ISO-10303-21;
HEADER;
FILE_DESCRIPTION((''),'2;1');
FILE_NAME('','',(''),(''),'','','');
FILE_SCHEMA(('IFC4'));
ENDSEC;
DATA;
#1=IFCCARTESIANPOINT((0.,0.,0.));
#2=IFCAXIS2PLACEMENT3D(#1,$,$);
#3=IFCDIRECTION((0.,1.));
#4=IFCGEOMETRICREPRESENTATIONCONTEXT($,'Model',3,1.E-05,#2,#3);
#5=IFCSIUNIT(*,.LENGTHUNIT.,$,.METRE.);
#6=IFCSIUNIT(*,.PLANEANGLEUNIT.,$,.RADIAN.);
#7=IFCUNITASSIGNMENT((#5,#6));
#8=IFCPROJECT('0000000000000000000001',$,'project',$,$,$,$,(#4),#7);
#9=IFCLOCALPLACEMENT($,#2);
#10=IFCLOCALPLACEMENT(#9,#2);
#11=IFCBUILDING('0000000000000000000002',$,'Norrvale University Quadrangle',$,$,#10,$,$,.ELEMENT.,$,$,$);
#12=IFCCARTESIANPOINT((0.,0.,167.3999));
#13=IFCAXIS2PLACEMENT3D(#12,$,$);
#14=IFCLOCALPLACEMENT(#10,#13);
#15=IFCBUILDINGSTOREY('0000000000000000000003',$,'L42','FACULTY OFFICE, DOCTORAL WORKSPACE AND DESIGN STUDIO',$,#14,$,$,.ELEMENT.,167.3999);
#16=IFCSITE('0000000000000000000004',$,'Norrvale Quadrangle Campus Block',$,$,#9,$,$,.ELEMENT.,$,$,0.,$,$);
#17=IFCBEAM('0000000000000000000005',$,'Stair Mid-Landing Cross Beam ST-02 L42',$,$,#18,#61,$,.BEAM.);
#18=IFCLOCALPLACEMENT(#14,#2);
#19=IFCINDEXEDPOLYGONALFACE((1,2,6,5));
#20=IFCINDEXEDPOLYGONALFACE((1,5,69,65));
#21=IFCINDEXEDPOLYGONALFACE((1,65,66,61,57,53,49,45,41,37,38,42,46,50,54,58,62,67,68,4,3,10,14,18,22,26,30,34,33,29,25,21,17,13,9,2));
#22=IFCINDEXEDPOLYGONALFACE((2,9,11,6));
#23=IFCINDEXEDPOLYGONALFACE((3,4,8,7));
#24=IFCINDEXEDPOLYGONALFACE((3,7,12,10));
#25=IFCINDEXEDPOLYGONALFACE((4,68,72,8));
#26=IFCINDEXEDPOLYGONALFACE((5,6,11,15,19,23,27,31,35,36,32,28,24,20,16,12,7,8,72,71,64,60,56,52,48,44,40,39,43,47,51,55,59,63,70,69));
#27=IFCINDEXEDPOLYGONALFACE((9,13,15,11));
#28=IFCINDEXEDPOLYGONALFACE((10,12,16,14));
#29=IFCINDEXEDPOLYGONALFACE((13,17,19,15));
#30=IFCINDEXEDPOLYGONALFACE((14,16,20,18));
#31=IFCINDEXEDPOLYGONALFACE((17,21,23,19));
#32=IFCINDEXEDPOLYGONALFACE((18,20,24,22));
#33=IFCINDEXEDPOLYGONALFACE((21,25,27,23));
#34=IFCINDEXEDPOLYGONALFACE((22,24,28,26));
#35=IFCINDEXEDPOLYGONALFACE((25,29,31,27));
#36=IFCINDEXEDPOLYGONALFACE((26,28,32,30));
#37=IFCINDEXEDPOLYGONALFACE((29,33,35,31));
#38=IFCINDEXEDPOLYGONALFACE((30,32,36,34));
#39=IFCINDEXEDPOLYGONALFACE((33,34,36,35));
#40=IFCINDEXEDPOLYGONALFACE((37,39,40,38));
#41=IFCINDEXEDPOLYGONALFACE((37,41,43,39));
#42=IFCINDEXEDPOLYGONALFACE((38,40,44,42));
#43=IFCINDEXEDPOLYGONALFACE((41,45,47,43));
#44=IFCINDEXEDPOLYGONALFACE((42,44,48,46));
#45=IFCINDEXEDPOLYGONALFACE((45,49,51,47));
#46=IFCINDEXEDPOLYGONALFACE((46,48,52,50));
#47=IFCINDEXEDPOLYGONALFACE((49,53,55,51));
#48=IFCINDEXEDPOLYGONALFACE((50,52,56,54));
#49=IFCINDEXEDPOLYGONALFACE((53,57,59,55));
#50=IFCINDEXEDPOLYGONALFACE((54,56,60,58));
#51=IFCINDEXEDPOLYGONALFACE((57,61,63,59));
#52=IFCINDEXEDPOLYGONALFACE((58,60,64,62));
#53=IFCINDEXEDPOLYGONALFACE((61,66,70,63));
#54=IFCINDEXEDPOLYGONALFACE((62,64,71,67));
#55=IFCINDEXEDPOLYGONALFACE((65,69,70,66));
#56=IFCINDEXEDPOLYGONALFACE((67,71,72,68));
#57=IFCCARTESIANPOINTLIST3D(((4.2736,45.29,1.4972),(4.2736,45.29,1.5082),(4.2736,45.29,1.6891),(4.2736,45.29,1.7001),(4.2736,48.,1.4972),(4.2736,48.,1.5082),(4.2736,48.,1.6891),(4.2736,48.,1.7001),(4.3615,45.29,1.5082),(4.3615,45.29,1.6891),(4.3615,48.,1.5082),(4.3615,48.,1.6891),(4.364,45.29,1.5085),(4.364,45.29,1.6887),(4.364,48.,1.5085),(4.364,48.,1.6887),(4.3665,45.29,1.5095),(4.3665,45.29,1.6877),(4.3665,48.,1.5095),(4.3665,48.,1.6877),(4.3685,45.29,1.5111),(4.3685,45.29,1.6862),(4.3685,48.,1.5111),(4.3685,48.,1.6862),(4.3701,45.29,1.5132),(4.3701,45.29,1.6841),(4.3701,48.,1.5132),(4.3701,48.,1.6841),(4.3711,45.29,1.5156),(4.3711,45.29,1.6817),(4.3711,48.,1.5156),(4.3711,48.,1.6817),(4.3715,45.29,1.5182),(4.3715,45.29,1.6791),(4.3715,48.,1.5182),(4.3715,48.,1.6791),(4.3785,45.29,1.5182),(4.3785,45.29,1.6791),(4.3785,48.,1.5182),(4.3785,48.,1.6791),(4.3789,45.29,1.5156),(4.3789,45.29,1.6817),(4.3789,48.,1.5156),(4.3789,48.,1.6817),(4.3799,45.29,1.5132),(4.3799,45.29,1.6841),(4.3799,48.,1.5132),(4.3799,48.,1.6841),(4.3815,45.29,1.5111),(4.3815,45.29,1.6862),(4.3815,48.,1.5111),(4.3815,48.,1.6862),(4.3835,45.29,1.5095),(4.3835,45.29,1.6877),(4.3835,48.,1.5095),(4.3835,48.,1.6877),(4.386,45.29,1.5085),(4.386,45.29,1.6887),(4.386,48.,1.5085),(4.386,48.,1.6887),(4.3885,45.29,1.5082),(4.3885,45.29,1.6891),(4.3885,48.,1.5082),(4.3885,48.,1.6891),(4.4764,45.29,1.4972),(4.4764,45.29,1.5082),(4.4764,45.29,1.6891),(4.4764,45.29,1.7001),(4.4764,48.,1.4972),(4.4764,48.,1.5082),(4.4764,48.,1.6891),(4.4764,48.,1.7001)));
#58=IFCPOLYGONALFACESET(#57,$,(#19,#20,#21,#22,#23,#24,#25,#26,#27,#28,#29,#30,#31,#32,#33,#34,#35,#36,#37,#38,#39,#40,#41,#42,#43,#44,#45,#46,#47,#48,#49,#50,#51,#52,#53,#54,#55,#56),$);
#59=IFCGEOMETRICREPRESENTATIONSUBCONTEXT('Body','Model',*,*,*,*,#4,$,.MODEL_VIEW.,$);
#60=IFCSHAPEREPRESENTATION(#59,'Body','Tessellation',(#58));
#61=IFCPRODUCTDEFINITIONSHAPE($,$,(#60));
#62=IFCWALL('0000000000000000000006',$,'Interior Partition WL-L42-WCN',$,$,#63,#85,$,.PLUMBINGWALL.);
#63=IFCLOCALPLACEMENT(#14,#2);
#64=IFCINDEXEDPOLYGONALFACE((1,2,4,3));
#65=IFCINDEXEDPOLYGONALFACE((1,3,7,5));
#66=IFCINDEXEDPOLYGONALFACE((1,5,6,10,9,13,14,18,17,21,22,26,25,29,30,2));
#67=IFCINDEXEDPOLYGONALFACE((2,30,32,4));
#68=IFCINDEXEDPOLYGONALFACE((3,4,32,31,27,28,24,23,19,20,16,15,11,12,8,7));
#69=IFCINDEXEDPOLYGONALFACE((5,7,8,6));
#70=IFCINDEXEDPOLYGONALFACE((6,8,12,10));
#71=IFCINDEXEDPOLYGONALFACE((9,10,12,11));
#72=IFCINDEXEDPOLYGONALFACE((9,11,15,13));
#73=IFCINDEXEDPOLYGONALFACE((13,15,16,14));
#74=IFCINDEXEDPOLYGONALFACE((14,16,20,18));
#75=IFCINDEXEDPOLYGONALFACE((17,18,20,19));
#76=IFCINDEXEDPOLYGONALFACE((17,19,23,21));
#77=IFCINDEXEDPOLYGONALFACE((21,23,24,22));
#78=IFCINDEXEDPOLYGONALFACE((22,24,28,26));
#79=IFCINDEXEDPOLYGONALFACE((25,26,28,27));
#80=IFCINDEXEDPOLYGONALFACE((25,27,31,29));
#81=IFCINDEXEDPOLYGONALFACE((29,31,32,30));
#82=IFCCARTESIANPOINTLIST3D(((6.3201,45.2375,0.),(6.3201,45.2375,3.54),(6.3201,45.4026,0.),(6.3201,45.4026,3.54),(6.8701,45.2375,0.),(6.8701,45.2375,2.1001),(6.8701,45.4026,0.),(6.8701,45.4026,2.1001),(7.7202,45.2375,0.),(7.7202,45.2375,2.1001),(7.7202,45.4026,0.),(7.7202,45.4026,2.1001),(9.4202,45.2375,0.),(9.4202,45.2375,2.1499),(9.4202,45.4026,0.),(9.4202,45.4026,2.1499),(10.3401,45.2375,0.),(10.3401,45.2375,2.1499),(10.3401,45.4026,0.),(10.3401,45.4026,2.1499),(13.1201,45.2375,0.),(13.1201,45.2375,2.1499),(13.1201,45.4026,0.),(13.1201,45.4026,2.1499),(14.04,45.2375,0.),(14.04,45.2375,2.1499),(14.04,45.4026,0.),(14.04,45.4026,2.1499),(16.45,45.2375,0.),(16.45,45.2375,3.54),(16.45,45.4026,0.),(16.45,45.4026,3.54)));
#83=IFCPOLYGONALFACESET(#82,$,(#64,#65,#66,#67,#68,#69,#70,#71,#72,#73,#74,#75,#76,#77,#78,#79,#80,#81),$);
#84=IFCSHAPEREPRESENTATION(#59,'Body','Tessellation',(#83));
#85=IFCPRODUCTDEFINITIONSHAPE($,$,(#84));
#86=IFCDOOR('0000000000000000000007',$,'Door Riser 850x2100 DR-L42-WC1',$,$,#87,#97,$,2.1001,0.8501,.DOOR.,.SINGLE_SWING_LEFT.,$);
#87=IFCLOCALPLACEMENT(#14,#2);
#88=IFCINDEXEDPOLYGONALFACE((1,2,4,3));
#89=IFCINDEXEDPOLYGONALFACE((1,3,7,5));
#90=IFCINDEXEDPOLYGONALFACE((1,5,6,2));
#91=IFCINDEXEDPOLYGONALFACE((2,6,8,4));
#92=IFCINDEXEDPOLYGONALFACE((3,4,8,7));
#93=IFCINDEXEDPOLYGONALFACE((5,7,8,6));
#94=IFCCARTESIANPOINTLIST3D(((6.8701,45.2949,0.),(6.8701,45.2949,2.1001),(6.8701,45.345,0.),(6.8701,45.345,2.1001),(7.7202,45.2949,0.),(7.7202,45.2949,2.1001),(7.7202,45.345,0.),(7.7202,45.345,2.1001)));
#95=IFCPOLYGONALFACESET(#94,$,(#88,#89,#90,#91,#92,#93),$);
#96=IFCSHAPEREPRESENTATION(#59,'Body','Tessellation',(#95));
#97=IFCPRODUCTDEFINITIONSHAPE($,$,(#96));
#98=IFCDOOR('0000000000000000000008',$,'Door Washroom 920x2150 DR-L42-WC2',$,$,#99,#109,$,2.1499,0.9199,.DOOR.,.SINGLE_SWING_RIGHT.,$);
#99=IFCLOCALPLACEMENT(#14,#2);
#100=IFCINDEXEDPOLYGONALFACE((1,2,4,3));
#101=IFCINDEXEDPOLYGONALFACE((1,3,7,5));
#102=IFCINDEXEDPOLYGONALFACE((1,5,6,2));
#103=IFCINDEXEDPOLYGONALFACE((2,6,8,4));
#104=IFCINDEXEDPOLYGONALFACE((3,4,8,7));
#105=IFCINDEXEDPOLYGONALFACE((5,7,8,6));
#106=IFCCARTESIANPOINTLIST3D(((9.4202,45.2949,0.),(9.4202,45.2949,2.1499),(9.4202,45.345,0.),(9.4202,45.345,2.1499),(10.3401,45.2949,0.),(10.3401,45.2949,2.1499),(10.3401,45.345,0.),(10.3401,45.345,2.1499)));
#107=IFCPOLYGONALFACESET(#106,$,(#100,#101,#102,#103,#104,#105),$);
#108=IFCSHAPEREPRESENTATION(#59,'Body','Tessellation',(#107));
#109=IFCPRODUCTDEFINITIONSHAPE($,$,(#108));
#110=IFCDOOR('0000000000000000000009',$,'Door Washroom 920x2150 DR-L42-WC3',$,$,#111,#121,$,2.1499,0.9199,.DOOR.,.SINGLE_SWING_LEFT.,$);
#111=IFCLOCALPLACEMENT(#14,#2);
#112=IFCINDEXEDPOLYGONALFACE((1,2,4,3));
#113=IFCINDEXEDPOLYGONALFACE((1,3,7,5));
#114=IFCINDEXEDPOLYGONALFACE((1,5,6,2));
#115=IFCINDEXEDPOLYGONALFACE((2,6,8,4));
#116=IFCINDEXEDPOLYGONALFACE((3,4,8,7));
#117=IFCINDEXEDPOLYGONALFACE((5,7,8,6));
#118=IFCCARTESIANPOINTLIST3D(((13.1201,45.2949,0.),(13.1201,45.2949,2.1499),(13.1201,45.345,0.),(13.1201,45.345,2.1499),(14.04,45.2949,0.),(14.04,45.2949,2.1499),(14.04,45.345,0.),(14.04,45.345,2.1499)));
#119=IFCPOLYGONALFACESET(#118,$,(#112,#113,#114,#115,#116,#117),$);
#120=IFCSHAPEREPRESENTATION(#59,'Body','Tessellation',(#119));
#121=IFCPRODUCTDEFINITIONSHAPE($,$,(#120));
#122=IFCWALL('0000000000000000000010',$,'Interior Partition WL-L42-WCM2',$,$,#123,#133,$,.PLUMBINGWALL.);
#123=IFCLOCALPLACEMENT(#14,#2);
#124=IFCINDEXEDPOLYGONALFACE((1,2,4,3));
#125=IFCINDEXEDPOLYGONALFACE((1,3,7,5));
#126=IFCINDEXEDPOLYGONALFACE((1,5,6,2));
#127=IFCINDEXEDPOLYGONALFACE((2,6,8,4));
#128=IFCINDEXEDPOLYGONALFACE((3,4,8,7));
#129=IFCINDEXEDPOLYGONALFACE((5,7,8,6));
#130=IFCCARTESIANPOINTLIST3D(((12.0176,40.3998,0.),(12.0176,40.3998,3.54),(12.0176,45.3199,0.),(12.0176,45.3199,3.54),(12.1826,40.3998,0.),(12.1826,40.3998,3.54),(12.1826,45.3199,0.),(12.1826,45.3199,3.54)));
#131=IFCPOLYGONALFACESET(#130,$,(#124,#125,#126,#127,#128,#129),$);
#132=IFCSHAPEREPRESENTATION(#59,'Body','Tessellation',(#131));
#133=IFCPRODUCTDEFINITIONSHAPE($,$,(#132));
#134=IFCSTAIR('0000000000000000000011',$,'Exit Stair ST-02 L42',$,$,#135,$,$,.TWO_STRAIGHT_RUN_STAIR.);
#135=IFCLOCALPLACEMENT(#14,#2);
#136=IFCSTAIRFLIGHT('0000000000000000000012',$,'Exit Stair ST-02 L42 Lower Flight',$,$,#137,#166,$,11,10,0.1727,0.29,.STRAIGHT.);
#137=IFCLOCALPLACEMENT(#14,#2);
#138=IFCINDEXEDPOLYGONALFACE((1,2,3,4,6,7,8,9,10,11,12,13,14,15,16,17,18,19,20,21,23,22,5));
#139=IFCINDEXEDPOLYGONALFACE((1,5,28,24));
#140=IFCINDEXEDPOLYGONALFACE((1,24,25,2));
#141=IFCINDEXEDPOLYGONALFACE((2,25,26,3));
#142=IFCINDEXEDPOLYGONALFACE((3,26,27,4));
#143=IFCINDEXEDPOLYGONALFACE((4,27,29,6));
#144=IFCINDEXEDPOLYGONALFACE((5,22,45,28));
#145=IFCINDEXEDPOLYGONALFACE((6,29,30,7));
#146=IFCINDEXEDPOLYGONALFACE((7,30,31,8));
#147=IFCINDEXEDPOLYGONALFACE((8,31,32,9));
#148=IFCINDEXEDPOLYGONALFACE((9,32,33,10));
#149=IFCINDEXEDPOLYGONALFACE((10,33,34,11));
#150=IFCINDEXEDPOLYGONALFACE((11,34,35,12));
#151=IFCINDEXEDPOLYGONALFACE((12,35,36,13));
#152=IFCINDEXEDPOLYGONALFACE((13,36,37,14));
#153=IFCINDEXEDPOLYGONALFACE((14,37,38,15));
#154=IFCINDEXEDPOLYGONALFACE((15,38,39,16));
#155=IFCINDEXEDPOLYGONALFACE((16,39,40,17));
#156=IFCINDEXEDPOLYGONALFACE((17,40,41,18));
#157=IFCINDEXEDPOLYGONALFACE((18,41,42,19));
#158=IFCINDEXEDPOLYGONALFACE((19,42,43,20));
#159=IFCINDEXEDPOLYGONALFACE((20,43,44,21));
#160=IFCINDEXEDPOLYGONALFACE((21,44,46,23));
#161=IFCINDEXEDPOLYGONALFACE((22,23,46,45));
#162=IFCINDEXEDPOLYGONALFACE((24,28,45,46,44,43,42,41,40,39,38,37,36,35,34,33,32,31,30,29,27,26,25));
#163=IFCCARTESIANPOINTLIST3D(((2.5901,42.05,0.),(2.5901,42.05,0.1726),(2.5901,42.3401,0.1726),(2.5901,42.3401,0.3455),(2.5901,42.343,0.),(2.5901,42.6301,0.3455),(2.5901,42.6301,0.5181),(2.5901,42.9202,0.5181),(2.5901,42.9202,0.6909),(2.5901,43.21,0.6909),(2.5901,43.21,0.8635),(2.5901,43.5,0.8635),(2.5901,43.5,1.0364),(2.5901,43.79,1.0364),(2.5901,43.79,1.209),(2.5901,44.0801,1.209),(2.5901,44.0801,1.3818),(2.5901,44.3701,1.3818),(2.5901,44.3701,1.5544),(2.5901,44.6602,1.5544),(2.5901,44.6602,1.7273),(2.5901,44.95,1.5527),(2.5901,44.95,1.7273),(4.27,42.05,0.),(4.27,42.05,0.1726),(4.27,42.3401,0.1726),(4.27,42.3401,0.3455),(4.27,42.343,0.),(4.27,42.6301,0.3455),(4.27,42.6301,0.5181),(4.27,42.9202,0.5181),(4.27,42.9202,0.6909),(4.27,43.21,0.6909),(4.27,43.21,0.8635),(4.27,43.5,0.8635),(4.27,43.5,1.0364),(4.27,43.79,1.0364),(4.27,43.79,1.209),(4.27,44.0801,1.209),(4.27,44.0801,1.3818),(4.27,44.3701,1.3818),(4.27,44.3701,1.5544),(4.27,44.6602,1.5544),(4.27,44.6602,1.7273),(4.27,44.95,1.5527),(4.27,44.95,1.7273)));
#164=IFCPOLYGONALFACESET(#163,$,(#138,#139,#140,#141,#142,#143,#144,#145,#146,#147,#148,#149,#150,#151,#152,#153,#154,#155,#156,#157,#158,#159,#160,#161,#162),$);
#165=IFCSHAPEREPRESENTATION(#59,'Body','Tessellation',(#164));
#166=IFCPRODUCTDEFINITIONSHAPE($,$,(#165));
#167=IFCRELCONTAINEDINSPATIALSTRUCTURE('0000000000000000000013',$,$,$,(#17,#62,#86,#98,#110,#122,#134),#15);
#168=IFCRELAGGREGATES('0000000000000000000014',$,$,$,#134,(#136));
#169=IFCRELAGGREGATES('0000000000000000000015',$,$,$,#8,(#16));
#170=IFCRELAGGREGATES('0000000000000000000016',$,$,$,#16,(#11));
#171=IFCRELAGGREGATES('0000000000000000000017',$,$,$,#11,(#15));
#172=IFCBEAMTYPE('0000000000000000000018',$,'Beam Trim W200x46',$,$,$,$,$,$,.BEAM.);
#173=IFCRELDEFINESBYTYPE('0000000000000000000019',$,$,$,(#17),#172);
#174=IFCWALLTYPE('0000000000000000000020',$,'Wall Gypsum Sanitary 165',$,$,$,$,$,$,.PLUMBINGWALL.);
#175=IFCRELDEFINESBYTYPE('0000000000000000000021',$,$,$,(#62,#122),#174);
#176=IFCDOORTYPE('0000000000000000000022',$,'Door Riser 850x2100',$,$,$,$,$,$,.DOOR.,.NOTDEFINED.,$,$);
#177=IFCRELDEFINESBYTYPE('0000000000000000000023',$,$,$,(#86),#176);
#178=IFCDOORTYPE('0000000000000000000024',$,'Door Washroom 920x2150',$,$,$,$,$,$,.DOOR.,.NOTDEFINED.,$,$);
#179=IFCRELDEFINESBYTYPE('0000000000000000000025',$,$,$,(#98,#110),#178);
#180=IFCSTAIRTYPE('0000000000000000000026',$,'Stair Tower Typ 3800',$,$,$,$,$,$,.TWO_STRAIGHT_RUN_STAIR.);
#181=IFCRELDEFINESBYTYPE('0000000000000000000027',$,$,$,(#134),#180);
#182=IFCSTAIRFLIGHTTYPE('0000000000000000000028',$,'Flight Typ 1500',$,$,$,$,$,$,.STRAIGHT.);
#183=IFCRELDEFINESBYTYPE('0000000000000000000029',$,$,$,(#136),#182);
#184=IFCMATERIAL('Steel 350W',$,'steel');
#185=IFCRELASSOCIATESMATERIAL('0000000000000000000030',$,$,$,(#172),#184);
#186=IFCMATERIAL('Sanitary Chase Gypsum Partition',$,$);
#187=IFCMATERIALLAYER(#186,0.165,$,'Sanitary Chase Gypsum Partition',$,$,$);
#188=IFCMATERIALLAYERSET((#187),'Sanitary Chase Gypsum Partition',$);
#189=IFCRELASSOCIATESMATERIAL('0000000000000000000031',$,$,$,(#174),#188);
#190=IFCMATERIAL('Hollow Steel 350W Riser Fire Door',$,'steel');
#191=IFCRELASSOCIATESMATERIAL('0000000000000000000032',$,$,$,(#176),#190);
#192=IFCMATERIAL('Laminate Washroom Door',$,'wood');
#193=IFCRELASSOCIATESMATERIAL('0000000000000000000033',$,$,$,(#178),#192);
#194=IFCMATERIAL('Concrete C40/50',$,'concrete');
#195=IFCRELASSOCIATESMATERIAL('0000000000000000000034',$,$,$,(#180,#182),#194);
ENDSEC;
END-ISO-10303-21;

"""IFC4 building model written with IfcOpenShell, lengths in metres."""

from ifc_helpers import new_model, si_unit, direction, frame, frame_2d, origin, origin_2d, place, context, subcontext, project, spatial, polyline, rectangle, i_section, outline, extrude, material, layer, layer_set, material_profile, profile_set, type_object, element, fill, aggregate, save


model = new_model("IFC4")

# Units and contexts
model_context = context("Model", 3, precision=1e-05, world=origin(), true_north=direction((0.0, 1.0)))
body_context = subcontext(model_context, "Body", "Model", "MODEL_VIEW")
ifc_project = project(units=[si_unit("LENGTHUNIT", "METRE"), si_unit("PLANEANGLEUNIT", "RADIAN")], contexts=[model_context])

# Site, building, storey
site_placement = place(None, origin())
site = spatial("IfcSite", under=ifc_project, at=site_placement, Name="Norrvale Quadrangle Campus Block", CompositionType="ELEMENT", RefElevation=0.0)
building_placement = place(site_placement, origin())
building = spatial("IfcBuilding", under=site, at=building_placement, Name="Norrvale University Quadrangle", CompositionType="ELEMENT")
storey_placement = place(building_placement, frame((0.0, 0.0, 167.3999)))
storey = spatial("IfcBuildingStorey", under=building, at=storey_placement, Name="L42", Description="FACULTY OFFICE, DOCTORAL WORKSPACE AND DESIGN STUDIO", CompositionType="ELEMENT", Elevation=167.3999)

# Beam
ifc_material_1 = material(Name="Steel 350W", Category="steel")
ifc_material_profile_1 = material_profile(ifc_material_1, i_section(OverallWidth=0.2029, OverallDepth=0.2029, WebThickness=0.0071, FlangeThickness=0.011, FilletRadius=0.01, at=origin_2d()), Name="Steel 350W")
ifc_profile_set_1 = profile_set([ifc_material_profile_1], Name="Steel 350W")
beam_type_1 = type_object("IfcBeamType", Name="Beam Trim W200x46", PredefinedType="BEAM", material=ifc_profile_set_1)
beam_1_placement = place(storey_placement, frame((4.375, 45.29, 1.5986), z_axis=(0.0, 1.0, 0.0), x_axis=(-1.0, 0.0, 0.0)))
element("IfcBeam", 1, at=beam_1_placement, inside=storey, type_object=beam_type_1, Name="Stair Mid-Landing Cross Beam ST-02 L42", PredefinedType="BEAM", context=body_context, shape_type="SweptSolid", body=[
    extrude(i_section(OverallWidth=0.2029, OverallDepth=0.2029, WebThickness=0.0071, FlangeThickness=0.011, FilletRadius=0.01, at=origin_2d()), origin(), (0.0, 0.0, 1.0), 2.71),
])

# Wall, openings, doors
ifc_material_2 = material(Name="Sanitary Chase Gypsum Partition")
ifc_layer_1 = layer(ifc_material_2, 0.165, Name="Sanitary Chase Gypsum Partition")
ifc_layer_set_1 = layer_set([ifc_layer_1], Name="Sanitary Chase Gypsum Partition")
wall_type = type_object("IfcWallType", Name="Wall Gypsum Sanitary 165", PredefinedType="PLUMBINGWALL", material=ifc_layer_set_1)
wall_1_placement = place(storey_placement, frame((6.3201, 45.3201, 0.0), z_axis=(0.0, 0.0, 1.0), x_axis=(1.0, 0.0, 0.0)))
wall_1 = element("IfcWall", 2, at=wall_1_placement, inside=storey, type_object=wall_type, Name="Interior Partition WL-L42-WCN", PredefinedType="PLUMBINGWALL", context=body_context, shape_type="SweptSolid", body=[
    extrude(rectangle(XDim=10.1299, YDim=0.165, at=frame_2d((5.0649, 0.0))), origin(), (0.0, 0.0, 1.0), 3.54),
])
opening_1_placement = place(wall_1_placement, frame((0.55, 0.0, 0.0)))
opening_1 = element("IfcOpeningElement", 3, at=opening_1_placement, cuts=wall_1, PredefinedType="OPENING", context=body_context, shape_type="SweptSolid", body=[
    extrude(rectangle(XDim=0.8501, YDim=2.1001, at=frame_2d((0.425, 1.05))), frame((0.0, 0.0945, 0.0), z_axis=(0.0, -1.0, 0.0), x_axis=(1.0, 0.0, 0.0)), (0.0, 0.0, 1.0), 0.189),
])
opening_2_placement = place(wall_1_placement, frame((3.1001, 0.0, 0.0)))
opening_2 = element("IfcOpeningElement", 4, at=opening_2_placement, cuts=wall_1, PredefinedType="OPENING", context=body_context, shape_type="SweptSolid", body=[
    extrude(rectangle(XDim=0.9199, YDim=2.1499, at=frame_2d((0.46, 1.075))), frame((0.0, 0.0945, 0.0), z_axis=(0.0, -1.0, 0.0), x_axis=(1.0, 0.0, 0.0)), (0.0, 0.0, 1.0), 0.189),
])
opening_3_placement = place(wall_1_placement, frame((6.8, 0.0, 0.0)))
opening_3 = element("IfcOpeningElement", 5, at=opening_3_placement, cuts=wall_1, PredefinedType="OPENING", context=body_context, shape_type="SweptSolid", body=[
    extrude(rectangle(XDim=0.9199, YDim=2.1499, at=frame_2d((0.46, 1.075))), frame((0.0, 0.0945, 0.0), z_axis=(0.0, -1.0, 0.0), x_axis=(1.0, 0.0, 0.0)), (0.0, 0.0, 1.0), 0.189),
])
ifc_material_3 = material(Name="Hollow Steel 350W Riser Fire Door", Category="steel")
door_type_1 = type_object("IfcDoorType", Name="Door Riser 850x2100", OperationType="NOTDEFINED", PredefinedType="DOOR", material=ifc_material_3)
door_1_placement = place(opening_1_placement, origin())
door_1 = element("IfcDoor", 6, at=door_1_placement, inside=storey, type_object=door_type_1, Name="Door Riser 850x2100 DR-L42-WC1", OperationType="SINGLE_SWING_LEFT", OverallHeight=2.1001, OverallWidth=0.8501, PredefinedType="DOOR", context=body_context, shape_type="SweptSolid", body=[
    extrude(rectangle(XDim=0.8501, YDim=2.1001, at=frame_2d((0.425, 1.05))), frame((0.0, 0.0249, 0.0), z_axis=(0.0, -1.0, 0.0), x_axis=(1.0, 0.0, 0.0)), (0.0, 0.0, 1.0), 0.05),
])
fill(opening_1, door_1)
ifc_material_4 = material(Name="Laminate Washroom Door", Category="wood")
door_type_2 = type_object("IfcDoorType", Name="Door Washroom 920x2150", OperationType="NOTDEFINED", PredefinedType="DOOR", material=ifc_material_4)
door_2_placement = place(opening_2_placement, origin())
door_2 = element("IfcDoor", 7, at=door_2_placement, inside=storey, type_object=door_type_2, Name="Door Washroom 920x2150 DR-L42-WC2", OperationType="SINGLE_SWING_RIGHT", OverallHeight=2.1499, OverallWidth=0.9199, PredefinedType="DOOR", context=body_context, shape_type="SweptSolid", body=[
    extrude(rectangle(XDim=0.9199, YDim=2.1499, at=frame_2d((0.46, 1.075))), frame((0.0, 0.0249, 0.0), z_axis=(0.0, -1.0, 0.0), x_axis=(1.0, 0.0, 0.0)), (0.0, 0.0, 1.0), 0.05),
])
fill(opening_2, door_2)
door_3_placement = place(opening_3_placement, origin())
door_3 = element("IfcDoor", 8, at=door_3_placement, inside=storey, type_object=door_type_2, Name="Door Washroom 920x2150 DR-L42-WC3", OperationType="SINGLE_SWING_LEFT", OverallHeight=2.1499, OverallWidth=0.9199, PredefinedType="DOOR", context=body_context, shape_type="SweptSolid", body=[
    extrude(rectangle(XDim=0.9199, YDim=2.1499, at=frame_2d((0.46, 1.075))), frame((0.0, 0.0249, 0.0), z_axis=(0.0, -1.0, 0.0), x_axis=(1.0, 0.0, 0.0)), (0.0, 0.0, 1.0), 0.05),
])
fill(opening_3, door_3)

# Wall
wall_2_placement = place(storey_placement, frame((12.1001, 40.3999, 0.0), z_axis=(0.0, 0.0, 1.0), x_axis=(0.0, 1.0, 0.0)))
element("IfcWall", 9, at=wall_2_placement, inside=storey, type_object=wall_type, Name="Interior Partition WL-L42-WCM2", PredefinedType="PLUMBINGWALL", context=body_context, shape_type="SweptSolid", body=[
    extrude(rectangle(XDim=4.9202, YDim=0.165, at=frame_2d((2.46, 0.0))), origin(), (0.0, 0.0, 1.0), 3.54),
])

# Stair, stair flight
ifc_material_5 = material(Name="Concrete C40/50", Category="concrete")
stair_type = type_object("IfcStairType", Name="Stair Tower Typ 3800", PredefinedType="TWO_STRAIGHT_RUN_STAIR", material=ifc_material_5)
stair_placement = place(storey_placement, origin())
stair = element("IfcStair", 10, at=stair_placement, inside=storey, type_object=stair_type, Name="Exit Stair ST-02 L42", PredefinedType="TWO_STRAIGHT_RUN_STAIR")
stair_flight_type = type_object("IfcStairFlightType", Name="Flight Typ 1500", PredefinedType="STRAIGHT", material=ifc_material_5)
stair_flight_1_placement = place(storey_placement, frame((3.4299, 42.05, 0.0), z_axis=(0.0, 0.0, 1.0), x_axis=(0.0, 1.0, 0.0)))
stair_flight_1 = element("IfcStairFlight", 11, at=stair_flight_1_placement, type_object=stair_flight_type, Name="Exit Stair ST-02 L42 Lower Flight", NumberOfRisers=11, NumberOfTreads=10, PredefinedType="STRAIGHT", RiserHeight=0.1727, TreadLength=0.29, context=body_context, shape_type="SweptSolid", body=[
    extrude(outline(polyline([(0.0, 0.0), (0.0, 0.1726), (0.29, 0.1726), (0.29, 0.3455), (0.5801, 0.3455), (0.5801, 0.5181), (0.8701, 0.5181), (0.8701, 0.6909), (1.1599, 0.6909), (1.1599, 0.8635), (1.45, 0.8635), (1.45, 1.0364), (1.74, 1.0364), (1.74, 1.209), (2.03, 1.209), (2.03, 1.3818), (2.3201, 1.3818), (2.3201, 1.5544), (2.6101, 1.5544), (2.6101, 1.7273), (2.8999, 1.7273), (2.8999, 1.8999), (2.8999, 1.5527), (0.293, 0.0), (0.0, 0.0)])), frame((0.0, 0.8398, 0.0), z_axis=(0.0, -1.0, 0.0), x_axis=(1.0, 0.0, 0.0)), (0.0, 0.0, 1.0), 1.6799),
])
aggregate(stair, [stair_flight_1])

save(model, "model.ifc")
